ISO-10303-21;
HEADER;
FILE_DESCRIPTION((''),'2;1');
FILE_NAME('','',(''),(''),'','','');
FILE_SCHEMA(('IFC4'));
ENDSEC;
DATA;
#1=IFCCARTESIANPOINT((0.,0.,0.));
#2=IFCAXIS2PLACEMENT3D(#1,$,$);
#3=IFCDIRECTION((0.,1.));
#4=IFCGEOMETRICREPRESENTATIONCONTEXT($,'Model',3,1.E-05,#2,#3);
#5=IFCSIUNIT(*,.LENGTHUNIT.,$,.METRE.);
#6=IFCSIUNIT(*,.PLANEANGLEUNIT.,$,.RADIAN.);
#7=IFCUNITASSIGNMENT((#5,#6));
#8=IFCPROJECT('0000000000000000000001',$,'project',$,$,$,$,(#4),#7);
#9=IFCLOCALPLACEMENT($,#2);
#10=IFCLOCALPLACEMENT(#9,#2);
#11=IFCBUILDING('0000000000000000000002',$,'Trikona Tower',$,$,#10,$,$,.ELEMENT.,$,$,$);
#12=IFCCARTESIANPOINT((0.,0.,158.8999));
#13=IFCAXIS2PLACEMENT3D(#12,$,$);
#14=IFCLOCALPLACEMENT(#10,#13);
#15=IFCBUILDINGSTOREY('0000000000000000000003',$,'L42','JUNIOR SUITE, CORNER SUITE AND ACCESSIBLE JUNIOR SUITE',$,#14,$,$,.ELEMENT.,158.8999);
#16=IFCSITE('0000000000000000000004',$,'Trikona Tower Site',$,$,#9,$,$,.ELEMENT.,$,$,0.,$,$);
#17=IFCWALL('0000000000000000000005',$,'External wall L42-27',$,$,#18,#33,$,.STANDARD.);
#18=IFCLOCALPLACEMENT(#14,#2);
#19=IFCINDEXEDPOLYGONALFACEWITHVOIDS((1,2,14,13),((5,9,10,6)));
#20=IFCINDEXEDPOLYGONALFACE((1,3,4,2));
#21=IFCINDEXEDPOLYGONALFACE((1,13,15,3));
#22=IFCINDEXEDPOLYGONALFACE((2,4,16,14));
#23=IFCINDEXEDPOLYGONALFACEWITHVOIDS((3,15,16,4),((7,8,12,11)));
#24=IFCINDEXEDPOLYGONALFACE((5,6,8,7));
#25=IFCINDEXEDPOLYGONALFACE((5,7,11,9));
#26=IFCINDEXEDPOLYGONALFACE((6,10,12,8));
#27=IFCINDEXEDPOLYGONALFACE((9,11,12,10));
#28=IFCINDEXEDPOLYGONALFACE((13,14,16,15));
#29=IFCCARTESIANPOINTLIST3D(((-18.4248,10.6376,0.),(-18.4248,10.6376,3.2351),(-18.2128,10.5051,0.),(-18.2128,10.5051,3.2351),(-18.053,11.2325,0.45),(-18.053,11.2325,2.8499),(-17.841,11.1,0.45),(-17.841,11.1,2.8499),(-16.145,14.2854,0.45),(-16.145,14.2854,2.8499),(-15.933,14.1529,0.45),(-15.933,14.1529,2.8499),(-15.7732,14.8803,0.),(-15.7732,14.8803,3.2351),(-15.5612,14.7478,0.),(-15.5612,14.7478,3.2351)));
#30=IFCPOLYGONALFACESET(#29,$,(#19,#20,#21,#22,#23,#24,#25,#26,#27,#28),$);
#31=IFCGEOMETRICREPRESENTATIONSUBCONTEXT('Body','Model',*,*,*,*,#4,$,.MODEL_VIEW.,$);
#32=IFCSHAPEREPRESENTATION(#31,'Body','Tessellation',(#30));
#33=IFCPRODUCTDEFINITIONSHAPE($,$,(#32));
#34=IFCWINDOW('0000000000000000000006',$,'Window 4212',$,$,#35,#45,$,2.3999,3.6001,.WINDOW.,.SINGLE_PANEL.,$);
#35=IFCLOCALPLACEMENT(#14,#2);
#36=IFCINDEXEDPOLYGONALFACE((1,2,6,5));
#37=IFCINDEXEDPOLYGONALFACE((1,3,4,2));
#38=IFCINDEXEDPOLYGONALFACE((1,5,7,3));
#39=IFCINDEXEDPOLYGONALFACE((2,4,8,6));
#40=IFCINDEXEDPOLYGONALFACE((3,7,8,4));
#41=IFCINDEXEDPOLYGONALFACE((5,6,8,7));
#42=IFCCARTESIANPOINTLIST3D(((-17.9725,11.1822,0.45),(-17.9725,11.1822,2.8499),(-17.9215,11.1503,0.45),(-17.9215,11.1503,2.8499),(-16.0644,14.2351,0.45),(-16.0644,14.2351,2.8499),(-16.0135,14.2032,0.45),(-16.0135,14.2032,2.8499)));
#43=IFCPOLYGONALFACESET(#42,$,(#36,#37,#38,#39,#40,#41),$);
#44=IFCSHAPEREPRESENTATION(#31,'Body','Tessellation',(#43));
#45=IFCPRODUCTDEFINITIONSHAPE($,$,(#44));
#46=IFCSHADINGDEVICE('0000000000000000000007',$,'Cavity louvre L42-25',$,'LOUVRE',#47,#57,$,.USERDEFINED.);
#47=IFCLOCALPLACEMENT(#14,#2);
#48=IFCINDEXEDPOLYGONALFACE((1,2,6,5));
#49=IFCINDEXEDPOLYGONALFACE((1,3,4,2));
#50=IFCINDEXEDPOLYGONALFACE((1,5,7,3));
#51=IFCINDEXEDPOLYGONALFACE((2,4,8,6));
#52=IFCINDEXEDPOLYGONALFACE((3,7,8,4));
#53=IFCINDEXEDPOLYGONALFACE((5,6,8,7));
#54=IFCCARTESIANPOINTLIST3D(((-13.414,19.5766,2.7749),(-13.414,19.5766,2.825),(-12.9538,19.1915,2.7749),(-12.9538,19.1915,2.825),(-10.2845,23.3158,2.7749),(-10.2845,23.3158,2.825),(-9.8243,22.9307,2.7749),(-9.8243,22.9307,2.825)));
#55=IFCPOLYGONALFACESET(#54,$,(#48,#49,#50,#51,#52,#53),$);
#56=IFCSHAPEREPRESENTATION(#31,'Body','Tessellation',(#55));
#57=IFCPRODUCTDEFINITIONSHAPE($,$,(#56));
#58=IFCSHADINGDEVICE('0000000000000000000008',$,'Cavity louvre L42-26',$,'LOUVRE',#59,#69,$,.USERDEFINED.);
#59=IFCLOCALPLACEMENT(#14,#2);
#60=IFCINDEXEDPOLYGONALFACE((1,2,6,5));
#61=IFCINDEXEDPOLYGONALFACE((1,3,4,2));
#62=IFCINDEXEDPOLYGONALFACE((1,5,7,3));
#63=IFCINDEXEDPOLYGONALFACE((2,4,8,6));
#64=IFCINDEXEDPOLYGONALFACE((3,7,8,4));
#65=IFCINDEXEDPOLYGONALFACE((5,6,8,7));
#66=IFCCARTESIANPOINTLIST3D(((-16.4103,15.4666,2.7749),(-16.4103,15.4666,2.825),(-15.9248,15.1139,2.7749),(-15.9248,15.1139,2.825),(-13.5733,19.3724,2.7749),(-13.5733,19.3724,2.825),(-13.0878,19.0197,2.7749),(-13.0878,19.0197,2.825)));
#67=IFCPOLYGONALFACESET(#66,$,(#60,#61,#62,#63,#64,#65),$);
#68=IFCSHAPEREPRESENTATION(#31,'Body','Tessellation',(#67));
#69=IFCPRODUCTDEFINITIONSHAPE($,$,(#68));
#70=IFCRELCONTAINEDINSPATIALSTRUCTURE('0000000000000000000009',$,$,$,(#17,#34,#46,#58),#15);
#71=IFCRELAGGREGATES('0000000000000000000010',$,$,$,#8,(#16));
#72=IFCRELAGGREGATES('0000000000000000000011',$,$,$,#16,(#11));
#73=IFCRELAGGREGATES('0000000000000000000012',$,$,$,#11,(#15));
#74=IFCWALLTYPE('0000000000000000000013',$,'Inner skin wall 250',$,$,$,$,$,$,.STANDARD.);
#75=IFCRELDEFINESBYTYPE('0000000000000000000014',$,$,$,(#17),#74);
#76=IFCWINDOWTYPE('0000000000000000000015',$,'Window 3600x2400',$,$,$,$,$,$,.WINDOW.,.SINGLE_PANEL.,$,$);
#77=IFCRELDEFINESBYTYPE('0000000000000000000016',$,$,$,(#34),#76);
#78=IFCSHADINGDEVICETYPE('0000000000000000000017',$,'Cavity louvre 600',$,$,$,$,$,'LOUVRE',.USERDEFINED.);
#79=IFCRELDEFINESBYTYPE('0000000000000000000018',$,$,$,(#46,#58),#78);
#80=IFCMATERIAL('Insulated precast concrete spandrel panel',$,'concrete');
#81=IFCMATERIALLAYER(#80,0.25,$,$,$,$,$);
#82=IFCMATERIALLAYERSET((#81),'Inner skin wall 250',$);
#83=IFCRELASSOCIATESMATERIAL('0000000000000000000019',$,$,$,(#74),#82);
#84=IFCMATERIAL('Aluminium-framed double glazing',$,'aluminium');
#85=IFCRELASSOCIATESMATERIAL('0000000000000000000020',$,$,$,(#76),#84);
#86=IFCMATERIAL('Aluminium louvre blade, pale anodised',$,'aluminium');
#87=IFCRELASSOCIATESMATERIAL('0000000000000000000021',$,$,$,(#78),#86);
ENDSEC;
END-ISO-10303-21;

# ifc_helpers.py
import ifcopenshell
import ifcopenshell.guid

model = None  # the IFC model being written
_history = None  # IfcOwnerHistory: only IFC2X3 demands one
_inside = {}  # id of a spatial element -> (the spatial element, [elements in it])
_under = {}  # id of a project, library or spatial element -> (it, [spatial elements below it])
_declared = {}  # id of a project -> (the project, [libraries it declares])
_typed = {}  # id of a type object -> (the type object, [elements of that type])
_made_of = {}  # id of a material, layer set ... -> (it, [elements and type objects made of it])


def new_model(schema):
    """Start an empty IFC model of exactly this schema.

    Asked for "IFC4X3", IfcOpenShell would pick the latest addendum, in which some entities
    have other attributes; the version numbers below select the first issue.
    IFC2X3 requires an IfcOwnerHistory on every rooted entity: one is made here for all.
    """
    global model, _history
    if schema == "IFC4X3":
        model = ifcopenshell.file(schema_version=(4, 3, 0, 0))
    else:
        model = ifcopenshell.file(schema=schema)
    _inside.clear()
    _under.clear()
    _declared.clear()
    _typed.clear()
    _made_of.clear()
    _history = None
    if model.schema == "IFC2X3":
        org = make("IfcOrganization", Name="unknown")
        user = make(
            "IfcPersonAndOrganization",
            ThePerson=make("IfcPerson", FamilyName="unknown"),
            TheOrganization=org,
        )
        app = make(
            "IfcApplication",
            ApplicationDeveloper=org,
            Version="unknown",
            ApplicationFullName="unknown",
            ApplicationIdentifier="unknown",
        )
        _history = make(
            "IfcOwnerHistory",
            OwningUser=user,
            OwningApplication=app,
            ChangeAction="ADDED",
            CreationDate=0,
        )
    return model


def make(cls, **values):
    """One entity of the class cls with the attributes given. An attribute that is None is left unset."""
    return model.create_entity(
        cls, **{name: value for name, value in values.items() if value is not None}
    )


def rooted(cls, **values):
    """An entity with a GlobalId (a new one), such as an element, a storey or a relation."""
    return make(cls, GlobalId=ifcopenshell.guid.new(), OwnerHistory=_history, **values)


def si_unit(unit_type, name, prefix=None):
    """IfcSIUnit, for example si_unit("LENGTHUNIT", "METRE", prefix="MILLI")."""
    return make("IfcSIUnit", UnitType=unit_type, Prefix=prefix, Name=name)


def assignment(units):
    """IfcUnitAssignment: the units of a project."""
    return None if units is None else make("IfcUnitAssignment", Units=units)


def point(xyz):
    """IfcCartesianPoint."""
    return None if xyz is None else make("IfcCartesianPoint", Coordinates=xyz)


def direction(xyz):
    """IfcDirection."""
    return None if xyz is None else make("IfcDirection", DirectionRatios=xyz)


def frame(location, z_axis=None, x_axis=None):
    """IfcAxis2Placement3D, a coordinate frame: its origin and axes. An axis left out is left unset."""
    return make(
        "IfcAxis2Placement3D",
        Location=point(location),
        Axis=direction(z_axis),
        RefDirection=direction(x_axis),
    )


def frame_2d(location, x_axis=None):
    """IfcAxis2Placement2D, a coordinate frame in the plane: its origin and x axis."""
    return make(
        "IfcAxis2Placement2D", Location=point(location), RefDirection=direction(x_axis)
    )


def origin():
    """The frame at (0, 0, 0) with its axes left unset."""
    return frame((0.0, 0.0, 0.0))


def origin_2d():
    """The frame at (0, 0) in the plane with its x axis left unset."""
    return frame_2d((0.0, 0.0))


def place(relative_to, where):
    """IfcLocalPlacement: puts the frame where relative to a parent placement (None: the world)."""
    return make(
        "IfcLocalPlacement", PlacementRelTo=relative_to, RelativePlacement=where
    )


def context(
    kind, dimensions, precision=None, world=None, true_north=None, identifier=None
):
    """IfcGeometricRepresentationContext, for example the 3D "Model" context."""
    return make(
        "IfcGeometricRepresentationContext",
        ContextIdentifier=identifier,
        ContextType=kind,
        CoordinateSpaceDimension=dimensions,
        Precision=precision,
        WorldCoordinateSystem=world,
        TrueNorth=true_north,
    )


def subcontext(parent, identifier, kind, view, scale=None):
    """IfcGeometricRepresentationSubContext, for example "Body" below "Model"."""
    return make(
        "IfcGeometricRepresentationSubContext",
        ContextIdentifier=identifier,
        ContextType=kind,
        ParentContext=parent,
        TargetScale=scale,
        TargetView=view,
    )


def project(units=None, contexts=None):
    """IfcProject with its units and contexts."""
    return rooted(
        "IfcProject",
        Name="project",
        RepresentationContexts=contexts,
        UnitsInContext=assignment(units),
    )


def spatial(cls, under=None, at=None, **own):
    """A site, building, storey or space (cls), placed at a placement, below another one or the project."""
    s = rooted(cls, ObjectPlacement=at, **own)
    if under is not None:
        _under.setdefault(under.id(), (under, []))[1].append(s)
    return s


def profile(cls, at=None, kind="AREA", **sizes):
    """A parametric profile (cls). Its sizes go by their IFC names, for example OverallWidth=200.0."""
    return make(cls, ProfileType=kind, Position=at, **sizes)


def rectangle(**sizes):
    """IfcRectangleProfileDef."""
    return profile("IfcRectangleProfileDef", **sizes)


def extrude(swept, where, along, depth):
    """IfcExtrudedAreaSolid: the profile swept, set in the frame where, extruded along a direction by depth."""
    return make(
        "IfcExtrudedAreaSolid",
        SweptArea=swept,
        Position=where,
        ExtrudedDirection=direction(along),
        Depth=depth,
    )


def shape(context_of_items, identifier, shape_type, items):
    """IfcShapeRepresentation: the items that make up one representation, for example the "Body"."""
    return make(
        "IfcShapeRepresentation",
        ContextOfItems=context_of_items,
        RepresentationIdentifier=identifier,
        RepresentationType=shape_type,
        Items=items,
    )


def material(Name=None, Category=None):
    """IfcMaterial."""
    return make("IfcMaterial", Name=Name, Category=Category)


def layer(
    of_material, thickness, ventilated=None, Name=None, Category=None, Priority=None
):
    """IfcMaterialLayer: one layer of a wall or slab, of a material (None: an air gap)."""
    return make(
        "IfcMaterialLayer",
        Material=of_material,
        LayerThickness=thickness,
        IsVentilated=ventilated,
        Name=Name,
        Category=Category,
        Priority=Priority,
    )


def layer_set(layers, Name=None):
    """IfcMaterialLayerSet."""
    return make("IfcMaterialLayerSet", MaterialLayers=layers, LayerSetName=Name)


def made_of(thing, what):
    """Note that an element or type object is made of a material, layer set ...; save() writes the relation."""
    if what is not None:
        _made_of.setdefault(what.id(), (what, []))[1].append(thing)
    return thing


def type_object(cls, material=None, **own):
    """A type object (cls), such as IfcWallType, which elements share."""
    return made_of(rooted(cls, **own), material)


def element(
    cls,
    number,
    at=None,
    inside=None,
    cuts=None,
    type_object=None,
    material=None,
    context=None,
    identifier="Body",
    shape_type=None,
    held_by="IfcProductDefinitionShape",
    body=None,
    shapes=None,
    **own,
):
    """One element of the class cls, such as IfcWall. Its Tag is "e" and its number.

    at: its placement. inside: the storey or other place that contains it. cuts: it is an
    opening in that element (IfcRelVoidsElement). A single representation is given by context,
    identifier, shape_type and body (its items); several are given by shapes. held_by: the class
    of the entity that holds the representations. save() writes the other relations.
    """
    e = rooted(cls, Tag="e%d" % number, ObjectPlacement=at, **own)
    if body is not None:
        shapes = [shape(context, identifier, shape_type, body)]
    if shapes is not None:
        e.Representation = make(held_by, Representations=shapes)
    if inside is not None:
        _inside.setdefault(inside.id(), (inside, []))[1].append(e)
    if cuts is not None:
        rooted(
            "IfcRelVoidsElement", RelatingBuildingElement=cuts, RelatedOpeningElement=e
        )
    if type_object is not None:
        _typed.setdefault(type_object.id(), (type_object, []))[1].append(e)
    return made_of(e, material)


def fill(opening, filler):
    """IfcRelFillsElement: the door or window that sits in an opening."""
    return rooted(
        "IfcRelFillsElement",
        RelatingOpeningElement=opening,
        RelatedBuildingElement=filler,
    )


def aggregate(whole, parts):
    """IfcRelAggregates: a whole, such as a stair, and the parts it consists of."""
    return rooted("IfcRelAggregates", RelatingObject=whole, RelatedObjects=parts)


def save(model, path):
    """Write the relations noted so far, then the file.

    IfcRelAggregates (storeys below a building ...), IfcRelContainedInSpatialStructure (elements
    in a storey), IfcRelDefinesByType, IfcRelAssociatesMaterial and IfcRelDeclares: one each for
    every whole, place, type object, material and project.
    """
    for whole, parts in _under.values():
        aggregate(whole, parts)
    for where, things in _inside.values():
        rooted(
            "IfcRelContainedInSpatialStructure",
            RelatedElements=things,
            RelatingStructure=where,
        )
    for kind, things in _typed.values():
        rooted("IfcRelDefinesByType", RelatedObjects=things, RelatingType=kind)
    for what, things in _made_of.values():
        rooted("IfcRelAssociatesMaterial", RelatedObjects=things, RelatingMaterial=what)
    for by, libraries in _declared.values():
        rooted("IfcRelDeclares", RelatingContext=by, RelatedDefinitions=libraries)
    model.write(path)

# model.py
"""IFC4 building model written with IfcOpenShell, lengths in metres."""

from ifc_helpers import new_model, si_unit, direction, frame, frame_2d, origin, origin_2d, place, context, subcontext, project, spatial, rectangle, extrude, material, layer, layer_set, type_object, element, fill, save


model = new_model("IFC4")

# Units and contexts
model_context = context("Model", 3, precision=1e-05, world=origin(), true_north=direction((0.0, 1.0)))
body_context = subcontext(model_context, "Body", "Model", "MODEL_VIEW")
ifc_project = project(units=[si_unit("LENGTHUNIT", "METRE"), si_unit("PLANEANGLEUNIT", "RADIAN")], contexts=[model_context])

# Site, building, storey
site_placement = place(None, origin())
site = spatial("IfcSite", under=ifc_project, at=site_placement, Name="Trikona Tower Site", CompositionType="ELEMENT", RefElevation=0.0)
building_placement = place(site_placement, origin())
building = spatial("IfcBuilding", under=site, at=building_placement, Name="Trikona Tower", CompositionType="ELEMENT")
storey_placement = place(building_placement, frame((0.0, 0.0, 158.8999)))
storey = spatial("IfcBuildingStorey", under=building, at=storey_placement, Name="L42", Description="JUNIOR SUITE, CORNER SUITE AND ACCESSIBLE JUNIOR SUITE", CompositionType="ELEMENT", Elevation=158.8999)

# Wall, opening, window
ifc_material_1 = material(Name="Insulated precast concrete spandrel panel", Category="concrete")
ifc_layer_1 = layer(ifc_material_1, 0.25)
ifc_layer_set_1 = layer_set([ifc_layer_1], Name="Inner skin wall 250")
wall_type = type_object("IfcWallType", Name="Inner skin wall 250", PredefinedType="STANDARD", material=ifc_layer_set_1)
ifc_material_2 = material(Name="Aluminium-framed double glazing", Category="aluminium")
window_type = type_object("IfcWindowType", Name="Window 3600x2400", PartitioningType="SINGLE_PANEL", PredefinedType="WINDOW", material=ifc_material_2)
wall_1_placement = place(storey_placement, frame((-15.6672, 14.814, 0.0), z_axis=(0.0, 0.0, 1.0), x_axis=(-0.52999, -0.848004, 0.0)))
wall_1 = element("IfcWall", 1, at=wall_1_placement, inside=storey, type_object=wall_type, Name="External wall L42-27", PredefinedType="STANDARD", context=body_context, shape_type="SweptSolid", body=[
    extrude(rectangle(XDim=5.0032, YDim=0.25, at=frame_2d((2.5015, 0.0))), origin(), (0.0, 0.0, 1.0), 3.2351),
])
opening_1_placement = place(wall_1_placement, frame((0.7014, 0.0, 0.45)))
opening_1 = element("IfcOpeningElement", 2, at=opening_1_placement, cuts=wall_1, PredefinedType="OPENING", context=body_context, shape_type="SweptSolid", body=[
    extrude(rectangle(XDim=3.6001, YDim=2.3999, at=frame_2d((1.8, 1.2))), frame((0.0, 0.135, 0.0), z_axis=(0.0, -1.0, 0.0), x_axis=(1.0, 0.0, 0.0)), (0.0, 0.0, 1.0), 0.27),
])
window_1_placement = place(opening_1_placement, origin())
window_1 = element("IfcWindow", 3, at=window_1_placement, inside=storey, type_object=window_type, Name="Window 4212", OverallHeight=2.3999, OverallWidth=3.6001, PartitioningType="SINGLE_PANEL", PredefinedType="WINDOW", context=body_context, shape_type="SweptSolid", body=[
    extrude(rectangle(XDim=3.6001, YDim=2.3999, at=frame_2d((1.8, 1.2))), frame((0.0, 0.03, 0.0), z_axis=(0.0, -1.0, 0.0), x_axis=(1.0, 0.0, 0.0)), (0.0, 0.0, 1.0), 0.0601),
])
fill(opening_1, window_1)

# Shading devices
ifc_material_3 = material(Name="Aluminium louvre blade, pale anodised", Category="aluminium")
shading_device_type = type_object("IfcShadingDeviceType", Name="Cavity louvre 600", ElementType="LOUVRE", PredefinedType="USERDEFINED", material=ifc_material_3)
shading_device_1_placement = place(storey_placement, frame((-11.6191, 21.2537, 2.7749), z_axis=(0.0, 0.0, 1.0), x_axis=(-0.641807, -0.766866, 0.0)))
element("IfcShadingDevice", 4, at=shading_device_1_placement, inside=storey, type_object=shading_device_type, Name="Cavity louvre L42-25", ObjectType="LOUVRE", PredefinedType="USERDEFINED", context=body_context, shape_type="SweptSolid", body=[
    extrude(rectangle(XDim=4.876, YDim=0.6001, at=origin_2d()), origin(), (0.0, 0.0, 1.0), 0.05),
])
shading_device_2_placement = place(storey_placement, frame((-14.749, 17.2432, 2.7749), z_axis=(0.0, 0.0, 1.0), x_axis=(-0.587686, -0.809089, 0.0)))
element("IfcShadingDevice", 5, at=shading_device_2_placement, inside=storey, type_object=shading_device_type, Name="Cavity louvre L42-26", ObjectType="LOUVRE", PredefinedType="USERDEFINED", context=body_context, shape_type="SweptSolid", body=[
    extrude(rectangle(XDim=4.8274, YDim=0.6001, at=origin_2d()), origin(), (0.0, 0.0, 1.0), 0.05),
])

save(model, "model.ifc")
